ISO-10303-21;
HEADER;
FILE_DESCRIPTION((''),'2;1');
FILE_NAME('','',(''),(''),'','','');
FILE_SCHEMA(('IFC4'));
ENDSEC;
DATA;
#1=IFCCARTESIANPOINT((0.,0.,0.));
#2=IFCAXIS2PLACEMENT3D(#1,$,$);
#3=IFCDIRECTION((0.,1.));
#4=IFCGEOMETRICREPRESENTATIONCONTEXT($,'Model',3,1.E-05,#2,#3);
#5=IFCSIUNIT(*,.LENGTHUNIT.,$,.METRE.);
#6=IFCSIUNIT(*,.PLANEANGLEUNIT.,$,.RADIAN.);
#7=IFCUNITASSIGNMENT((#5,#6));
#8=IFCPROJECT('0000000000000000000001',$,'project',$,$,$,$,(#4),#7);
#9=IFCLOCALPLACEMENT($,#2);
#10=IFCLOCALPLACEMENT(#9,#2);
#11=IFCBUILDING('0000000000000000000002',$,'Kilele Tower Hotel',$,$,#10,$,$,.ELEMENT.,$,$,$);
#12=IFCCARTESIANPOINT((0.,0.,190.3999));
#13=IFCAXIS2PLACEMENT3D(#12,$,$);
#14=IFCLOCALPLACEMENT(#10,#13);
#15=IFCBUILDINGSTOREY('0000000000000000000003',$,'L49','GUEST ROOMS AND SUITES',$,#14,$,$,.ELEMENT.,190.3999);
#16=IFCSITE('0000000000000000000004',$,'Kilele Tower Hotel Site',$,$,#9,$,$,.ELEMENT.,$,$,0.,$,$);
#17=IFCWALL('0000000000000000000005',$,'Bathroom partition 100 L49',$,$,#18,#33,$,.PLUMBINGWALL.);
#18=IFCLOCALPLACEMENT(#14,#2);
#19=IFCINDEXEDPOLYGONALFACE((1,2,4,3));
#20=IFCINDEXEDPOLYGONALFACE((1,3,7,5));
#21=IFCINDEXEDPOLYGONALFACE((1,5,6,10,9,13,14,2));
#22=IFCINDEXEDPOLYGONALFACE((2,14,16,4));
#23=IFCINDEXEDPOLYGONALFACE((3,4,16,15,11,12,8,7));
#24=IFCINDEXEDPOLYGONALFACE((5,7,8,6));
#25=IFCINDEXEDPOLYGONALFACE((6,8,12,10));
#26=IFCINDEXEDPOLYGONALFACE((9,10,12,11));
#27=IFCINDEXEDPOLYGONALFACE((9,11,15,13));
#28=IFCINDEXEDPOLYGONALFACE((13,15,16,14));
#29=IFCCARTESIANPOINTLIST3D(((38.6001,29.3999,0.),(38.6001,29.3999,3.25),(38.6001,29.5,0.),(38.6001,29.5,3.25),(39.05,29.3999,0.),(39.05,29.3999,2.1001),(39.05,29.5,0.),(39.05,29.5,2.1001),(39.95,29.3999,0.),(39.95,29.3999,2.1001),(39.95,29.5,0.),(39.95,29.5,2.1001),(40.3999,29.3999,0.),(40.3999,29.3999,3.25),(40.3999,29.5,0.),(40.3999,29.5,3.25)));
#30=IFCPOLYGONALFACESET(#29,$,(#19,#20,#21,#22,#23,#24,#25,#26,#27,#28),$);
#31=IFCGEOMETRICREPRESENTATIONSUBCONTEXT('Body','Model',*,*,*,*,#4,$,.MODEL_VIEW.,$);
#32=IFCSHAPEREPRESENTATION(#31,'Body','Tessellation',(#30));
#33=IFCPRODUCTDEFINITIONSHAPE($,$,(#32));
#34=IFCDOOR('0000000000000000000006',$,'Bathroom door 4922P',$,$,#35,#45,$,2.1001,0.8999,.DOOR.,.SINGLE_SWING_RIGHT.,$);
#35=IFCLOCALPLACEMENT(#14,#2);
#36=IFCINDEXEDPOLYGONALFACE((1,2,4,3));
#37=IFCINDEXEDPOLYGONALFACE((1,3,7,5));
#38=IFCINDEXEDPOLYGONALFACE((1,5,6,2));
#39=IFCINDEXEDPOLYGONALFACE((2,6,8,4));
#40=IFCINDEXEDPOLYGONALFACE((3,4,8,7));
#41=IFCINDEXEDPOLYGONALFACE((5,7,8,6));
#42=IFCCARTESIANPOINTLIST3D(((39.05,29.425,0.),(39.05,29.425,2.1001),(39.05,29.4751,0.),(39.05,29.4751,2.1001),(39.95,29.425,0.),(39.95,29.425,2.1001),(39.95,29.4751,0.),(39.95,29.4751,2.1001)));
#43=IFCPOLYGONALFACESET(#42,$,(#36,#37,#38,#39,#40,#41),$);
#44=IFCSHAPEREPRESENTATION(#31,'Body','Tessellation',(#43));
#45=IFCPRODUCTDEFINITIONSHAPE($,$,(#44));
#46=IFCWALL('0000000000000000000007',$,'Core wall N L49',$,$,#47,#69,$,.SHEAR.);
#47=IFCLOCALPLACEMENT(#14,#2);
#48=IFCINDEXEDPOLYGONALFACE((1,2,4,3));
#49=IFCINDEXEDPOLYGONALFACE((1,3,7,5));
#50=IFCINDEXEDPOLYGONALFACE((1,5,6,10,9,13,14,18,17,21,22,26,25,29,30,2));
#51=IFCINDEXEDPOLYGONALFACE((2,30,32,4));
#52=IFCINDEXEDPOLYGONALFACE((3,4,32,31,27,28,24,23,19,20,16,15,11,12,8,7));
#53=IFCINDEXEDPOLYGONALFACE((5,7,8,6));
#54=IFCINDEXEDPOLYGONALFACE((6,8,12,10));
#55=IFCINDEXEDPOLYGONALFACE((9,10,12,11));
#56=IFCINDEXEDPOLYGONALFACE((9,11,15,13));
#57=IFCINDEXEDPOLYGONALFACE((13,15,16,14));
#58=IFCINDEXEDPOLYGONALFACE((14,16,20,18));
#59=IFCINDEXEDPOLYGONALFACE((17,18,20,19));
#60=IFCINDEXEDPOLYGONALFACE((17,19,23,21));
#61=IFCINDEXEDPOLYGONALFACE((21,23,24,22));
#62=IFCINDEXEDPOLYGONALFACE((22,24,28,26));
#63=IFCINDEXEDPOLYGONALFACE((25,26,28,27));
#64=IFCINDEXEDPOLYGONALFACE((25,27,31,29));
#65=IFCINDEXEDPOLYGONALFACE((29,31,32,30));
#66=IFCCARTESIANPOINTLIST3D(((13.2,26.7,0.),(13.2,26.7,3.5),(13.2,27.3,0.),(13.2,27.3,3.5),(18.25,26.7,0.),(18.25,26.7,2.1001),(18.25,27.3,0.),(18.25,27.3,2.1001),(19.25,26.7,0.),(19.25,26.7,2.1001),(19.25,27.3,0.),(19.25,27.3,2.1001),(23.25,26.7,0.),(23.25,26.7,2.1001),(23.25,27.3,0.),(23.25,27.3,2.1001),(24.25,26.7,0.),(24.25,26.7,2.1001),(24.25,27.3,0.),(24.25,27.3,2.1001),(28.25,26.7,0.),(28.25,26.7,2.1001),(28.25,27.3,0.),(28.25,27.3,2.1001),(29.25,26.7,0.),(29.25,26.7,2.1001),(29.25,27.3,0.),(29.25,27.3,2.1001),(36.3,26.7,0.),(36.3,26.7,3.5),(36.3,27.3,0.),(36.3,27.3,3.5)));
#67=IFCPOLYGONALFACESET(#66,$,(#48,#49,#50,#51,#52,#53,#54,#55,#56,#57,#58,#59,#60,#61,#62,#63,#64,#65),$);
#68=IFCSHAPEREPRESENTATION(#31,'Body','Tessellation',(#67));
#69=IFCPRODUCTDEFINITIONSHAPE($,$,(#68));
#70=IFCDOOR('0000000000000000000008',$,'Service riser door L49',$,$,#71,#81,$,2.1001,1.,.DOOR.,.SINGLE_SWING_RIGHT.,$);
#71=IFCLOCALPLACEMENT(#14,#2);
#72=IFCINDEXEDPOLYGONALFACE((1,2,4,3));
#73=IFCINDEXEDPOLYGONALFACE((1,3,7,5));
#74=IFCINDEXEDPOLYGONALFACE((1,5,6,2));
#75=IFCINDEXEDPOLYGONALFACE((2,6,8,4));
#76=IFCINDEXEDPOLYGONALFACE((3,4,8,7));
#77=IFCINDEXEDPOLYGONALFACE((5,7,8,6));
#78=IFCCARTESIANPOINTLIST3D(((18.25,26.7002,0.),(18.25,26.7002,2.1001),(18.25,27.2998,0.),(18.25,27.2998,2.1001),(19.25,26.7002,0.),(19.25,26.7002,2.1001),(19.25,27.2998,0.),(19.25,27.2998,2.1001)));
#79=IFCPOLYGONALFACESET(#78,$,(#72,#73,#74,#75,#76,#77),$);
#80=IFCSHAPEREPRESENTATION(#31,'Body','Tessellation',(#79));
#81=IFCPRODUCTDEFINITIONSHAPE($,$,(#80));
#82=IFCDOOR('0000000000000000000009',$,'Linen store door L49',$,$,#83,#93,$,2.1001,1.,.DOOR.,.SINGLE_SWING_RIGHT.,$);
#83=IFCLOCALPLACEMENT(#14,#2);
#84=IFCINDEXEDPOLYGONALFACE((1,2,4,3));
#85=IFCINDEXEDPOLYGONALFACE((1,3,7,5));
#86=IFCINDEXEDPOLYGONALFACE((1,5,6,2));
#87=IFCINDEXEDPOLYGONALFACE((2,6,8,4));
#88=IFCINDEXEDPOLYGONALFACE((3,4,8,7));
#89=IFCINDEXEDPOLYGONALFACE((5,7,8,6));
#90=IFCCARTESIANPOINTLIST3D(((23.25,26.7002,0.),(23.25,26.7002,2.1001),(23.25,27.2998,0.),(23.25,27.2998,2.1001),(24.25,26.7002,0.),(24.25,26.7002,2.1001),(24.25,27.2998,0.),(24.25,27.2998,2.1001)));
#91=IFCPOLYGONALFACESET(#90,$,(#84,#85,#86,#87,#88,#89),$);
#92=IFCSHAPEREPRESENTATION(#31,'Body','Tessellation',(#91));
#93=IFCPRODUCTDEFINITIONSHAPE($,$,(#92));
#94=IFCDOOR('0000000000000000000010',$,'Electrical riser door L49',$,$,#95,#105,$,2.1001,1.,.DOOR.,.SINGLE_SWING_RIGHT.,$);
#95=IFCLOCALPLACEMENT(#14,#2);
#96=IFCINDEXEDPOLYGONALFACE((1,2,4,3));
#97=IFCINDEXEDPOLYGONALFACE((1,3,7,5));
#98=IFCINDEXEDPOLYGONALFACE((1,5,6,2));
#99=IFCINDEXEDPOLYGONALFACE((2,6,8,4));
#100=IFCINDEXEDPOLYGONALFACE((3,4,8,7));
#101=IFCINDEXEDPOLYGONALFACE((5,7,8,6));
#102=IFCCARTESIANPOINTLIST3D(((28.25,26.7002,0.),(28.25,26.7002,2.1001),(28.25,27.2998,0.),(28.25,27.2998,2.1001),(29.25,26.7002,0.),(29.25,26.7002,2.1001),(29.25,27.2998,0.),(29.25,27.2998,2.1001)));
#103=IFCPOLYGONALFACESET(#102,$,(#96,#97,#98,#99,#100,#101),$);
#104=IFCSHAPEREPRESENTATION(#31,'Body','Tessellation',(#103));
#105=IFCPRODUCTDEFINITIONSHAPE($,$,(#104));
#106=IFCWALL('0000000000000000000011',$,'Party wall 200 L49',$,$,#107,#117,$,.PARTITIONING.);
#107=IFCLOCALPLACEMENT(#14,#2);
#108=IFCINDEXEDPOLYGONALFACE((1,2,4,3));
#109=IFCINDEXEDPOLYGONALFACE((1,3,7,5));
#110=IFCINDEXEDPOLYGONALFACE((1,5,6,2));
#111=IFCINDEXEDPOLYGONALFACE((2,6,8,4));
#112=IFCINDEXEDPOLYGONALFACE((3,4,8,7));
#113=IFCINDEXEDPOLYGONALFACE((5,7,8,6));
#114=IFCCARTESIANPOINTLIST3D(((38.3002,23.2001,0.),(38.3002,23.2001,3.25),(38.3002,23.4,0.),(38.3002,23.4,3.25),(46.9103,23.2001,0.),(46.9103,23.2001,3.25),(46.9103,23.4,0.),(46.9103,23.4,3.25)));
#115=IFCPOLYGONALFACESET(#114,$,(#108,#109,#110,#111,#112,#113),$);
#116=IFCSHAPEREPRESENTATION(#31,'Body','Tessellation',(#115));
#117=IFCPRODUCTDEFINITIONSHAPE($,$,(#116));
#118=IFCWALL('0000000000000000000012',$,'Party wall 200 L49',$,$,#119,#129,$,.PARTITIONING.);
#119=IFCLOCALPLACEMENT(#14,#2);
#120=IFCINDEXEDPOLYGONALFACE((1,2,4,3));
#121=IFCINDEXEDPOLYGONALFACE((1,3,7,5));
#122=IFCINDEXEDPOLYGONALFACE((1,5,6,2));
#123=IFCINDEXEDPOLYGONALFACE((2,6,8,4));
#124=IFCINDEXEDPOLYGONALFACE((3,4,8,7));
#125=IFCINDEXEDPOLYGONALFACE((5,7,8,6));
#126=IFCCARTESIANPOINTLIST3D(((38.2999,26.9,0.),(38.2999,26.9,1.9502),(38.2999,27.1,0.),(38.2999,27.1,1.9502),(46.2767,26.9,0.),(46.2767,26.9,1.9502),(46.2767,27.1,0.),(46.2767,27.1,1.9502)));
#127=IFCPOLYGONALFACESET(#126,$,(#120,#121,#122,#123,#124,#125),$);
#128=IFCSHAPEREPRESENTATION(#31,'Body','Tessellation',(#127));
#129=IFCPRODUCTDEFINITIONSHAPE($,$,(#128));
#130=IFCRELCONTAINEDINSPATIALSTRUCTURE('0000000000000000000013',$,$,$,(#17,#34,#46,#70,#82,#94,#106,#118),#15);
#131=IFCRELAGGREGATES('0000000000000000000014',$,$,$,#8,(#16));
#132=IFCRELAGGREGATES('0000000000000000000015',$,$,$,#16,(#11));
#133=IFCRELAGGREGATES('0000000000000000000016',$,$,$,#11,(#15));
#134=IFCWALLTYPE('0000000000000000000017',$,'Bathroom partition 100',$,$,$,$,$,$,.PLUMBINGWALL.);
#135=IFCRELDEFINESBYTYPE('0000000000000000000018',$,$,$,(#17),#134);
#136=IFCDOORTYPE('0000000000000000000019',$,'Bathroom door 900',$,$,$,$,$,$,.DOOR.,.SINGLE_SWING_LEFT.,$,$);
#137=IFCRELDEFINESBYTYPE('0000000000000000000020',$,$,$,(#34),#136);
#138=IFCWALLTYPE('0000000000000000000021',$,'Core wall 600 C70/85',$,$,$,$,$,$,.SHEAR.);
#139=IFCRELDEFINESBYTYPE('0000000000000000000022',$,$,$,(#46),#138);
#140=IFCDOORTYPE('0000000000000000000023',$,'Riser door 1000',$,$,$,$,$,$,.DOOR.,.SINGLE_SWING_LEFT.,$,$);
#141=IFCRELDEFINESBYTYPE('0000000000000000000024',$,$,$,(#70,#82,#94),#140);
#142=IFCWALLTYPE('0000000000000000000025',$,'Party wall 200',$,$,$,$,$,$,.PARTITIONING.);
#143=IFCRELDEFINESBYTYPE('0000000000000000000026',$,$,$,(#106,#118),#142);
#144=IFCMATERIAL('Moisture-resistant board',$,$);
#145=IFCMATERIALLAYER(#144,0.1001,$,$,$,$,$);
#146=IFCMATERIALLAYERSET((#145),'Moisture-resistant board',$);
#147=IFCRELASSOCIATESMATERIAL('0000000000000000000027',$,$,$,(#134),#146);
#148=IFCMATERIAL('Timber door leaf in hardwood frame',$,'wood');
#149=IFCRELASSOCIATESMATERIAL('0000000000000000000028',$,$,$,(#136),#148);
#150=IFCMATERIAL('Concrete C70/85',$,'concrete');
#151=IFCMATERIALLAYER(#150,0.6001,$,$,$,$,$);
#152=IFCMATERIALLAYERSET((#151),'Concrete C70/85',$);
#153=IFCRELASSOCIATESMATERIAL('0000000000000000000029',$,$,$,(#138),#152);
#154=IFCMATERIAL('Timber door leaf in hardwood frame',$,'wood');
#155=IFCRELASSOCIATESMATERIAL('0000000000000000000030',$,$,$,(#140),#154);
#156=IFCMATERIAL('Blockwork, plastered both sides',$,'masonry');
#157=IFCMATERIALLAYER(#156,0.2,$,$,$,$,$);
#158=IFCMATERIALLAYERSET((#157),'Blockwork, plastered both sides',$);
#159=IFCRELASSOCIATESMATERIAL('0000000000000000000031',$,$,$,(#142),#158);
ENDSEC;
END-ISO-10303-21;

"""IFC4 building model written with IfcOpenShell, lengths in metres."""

from ifc_helpers import new_model, si_unit, direction, frame, frame_2d, origin, place, context, subcontext, project, spatial, rectangle, extrude, material, layer, layer_set, type_object, element, fill, save


model = new_model("IFC4")

# Units and contexts
model_context = context("Model", 3, precision=1e-05, world=origin(), true_north=direction((0.0, 1.0)))
body_context = subcontext(model_context, "Body", "Model", "MODEL_VIEW")
ifc_project = project(units=[si_unit("LENGTHUNIT", "METRE"), si_unit("PLANEANGLEUNIT", "RADIAN")], contexts=[model_context])

# Site, building, storey
site_placement = place(None, origin())
site = spatial("IfcSite", under=ifc_project, at=site_placement, Name="Kilele Tower Hotel Site", CompositionType="ELEMENT", RefElevation=0.0)
building_placement = place(site_placement, origin())
building = spatial("IfcBuilding", under=site, at=building_placement, Name="Kilele Tower Hotel", CompositionType="ELEMENT")
storey_placement = place(building_placement, frame((0.0, 0.0, 190.3999)))
storey = spatial("IfcBuildingStorey", under=building, at=storey_placement, Name="L49", Description="GUEST ROOMS AND SUITES", CompositionType="ELEMENT", Elevation=190.3999)

# Shared definitions
ifc_material_1 = material(Name="Moisture-resistant board")
ifc_layer_1 = layer(ifc_material_1, 0.1001)
ifc_layer_set_1 = layer_set([ifc_layer_1], Name="Moisture-resistant board")
wall_type_1 = type_object("IfcWallType", Name="Bathroom partition 100", PredefinedType="PLUMBINGWALL", material=ifc_layer_set_1)

# Shared definitions
ifc_material_2 = material(Name="Timber door leaf in hardwood frame", Category="wood")
door_type_1 = type_object("IfcDoorType", Name="Bathroom door 900", OperationType="SINGLE_SWING_LEFT", PredefinedType="DOOR", material=ifc_material_2)

# Wall, opening, door
wall_1_placement = place(storey_placement, frame((38.6001, 29.45, 0.0), z_axis=(0.0, 0.0, 1.0), x_axis=(1.0, 0.0, 0.0)))
wall_1 = element("IfcWall", 1, at=wall_1_placement, inside=storey, type_object=wall_type_1, Name="Bathroom partition 100 L49", PredefinedType="PLUMBINGWALL", context=body_context, shape_type="SweptSolid", body=[
    extrude(rectangle(XDim=1.7998, YDim=0.1001, at=frame_2d((0.8999, 0.0))), origin(), (0.0, 0.0, 1.0), 3.25),
])
opening_1_placement = place(wall_1_placement, frame((1.3499, 0.0, 0.0), z_axis=(0.0, 0.0, 1.0), x_axis=(-1.0, 0.0, 0.0)))
opening_1 = element("IfcOpeningElement", 2, at=opening_1_placement, cuts=wall_1, PredefinedType="OPENING", context=body_context, shape_type="SweptSolid", body=[
    extrude(rectangle(XDim=0.8999, YDim=2.1001, at=frame_2d((0.45, 1.05))), frame((0.0, 0.0601, 0.0), z_axis=(0.0, -1.0, 0.0), x_axis=(1.0, 0.0, 0.0)), (0.0, 0.0, 1.0), 0.1201),
])
door_1_placement = place(opening_1_placement, origin())
door_1 = element("IfcDoor", 3, at=door_1_placement, inside=storey, type_object=door_type_1, Name="Bathroom door 4922P", OperationType="SINGLE_SWING_RIGHT", OverallHeight=2.1001, OverallWidth=0.8999, PredefinedType="DOOR", context=body_context, shape_type="SweptSolid", body=[
    extrude(rectangle(XDim=0.8999, YDim=2.1001, at=frame_2d((0.45, 1.05))), frame((0.0, 0.0249, 0.0), z_axis=(0.0, -1.0, 0.0), x_axis=(1.0, 0.0, 0.0)), (0.0, 0.0, 1.0), 0.05),
])
fill(opening_1, door_1)

# Wall, openings, doors
ifc_material_3 = material(Name="Concrete C70/85", Category="concrete")
ifc_layer_2 = layer(ifc_material_3, 0.6001)
ifc_layer_set_2 = layer_set([ifc_layer_2], Name="Concrete C70/85")
wall_type_2 = type_object("IfcWallType", Name="Core wall 600 C70/85", PredefinedType="SHEAR", material=ifc_layer_set_2)
wall_2_placement = place(storey_placement, frame((36.3, 27.0, 0.0), z_axis=(0.0, 0.0, 1.0), x_axis=(-1.0, 0.0, 0.0)))
wall_2 = element("IfcWall", 4, at=wall_2_placement, inside=storey, type_object=wall_type_2, Name="Core wall N L49", PredefinedType="SHEAR", context=body_context, shape_type="SweptSolid", body=[
    extrude(rectangle(XDim=23.1001, YDim=0.6001, at=frame_2d((11.55, 0.0))), origin(), (0.0, 0.0, 1.0), 3.5),
])
opening_2_placement = place(wall_2_placement, frame((17.05, 0.0, 0.0)))
opening_2 = element("IfcOpeningElement", 5, at=opening_2_placement, cuts=wall_2, PredefinedType="OPENING", context=body_context, shape_type="SweptSolid", body=[
    extrude(rectangle(XDim=1.0, YDim=2.1001, at=frame_2d((0.5, 1.05))), frame((0.0, 0.3101, 0.0), z_axis=(0.0, -1.0, 0.0), x_axis=(1.0, 0.0, 0.0)), (0.0, 0.0, 1.0), 0.6201),
])
opening_3_placement = place(wall_2_placement, frame((12.05, 0.0, 0.0)))
opening_3 = element("IfcOpeningElement", 6, at=opening_3_placement, cuts=wall_2, PredefinedType="OPENING", context=body_context, shape_type="SweptSolid", body=[
    extrude(rectangle(XDim=1.0, YDim=2.1001, at=frame_2d((0.5, 1.05))), frame((0.0, 0.3101, 0.0), z_axis=(0.0, -1.0, 0.0), x_axis=(1.0, 0.0, 0.0)), (0.0, 0.0, 1.0), 0.6201),
])
opening_4_placement = place(wall_2_placement, frame((7.05, 0.0, 0.0)))
opening_4 = element("IfcOpeningElement", 7, at=opening_4_placement, cuts=wall_2, PredefinedType="OPENING", context=body_context, shape_type="SweptSolid", body=[
    extrude(rectangle(XDim=1.0, YDim=2.1001, at=frame_2d((0.5, 1.05))), frame((0.0, 0.3101, 0.0), z_axis=(0.0, -1.0, 0.0), x_axis=(1.0, 0.0, 0.0)), (0.0, 0.0, 1.0), 0.6201),
])
ifc_material_4 = material(Name="Timber door leaf in hardwood frame", Category="wood")
door_type_2 = type_object("IfcDoorType", Name="Riser door 1000", OperationType="SINGLE_SWING_LEFT", PredefinedType="DOOR", material=ifc_material_4)
door_2_placement = place(opening_2_placement, origin())
door_2 = element("IfcDoor", 8, at=door_2_placement, inside=storey, type_object=door_type_2, Name="Service riser door L49", OperationType="SINGLE_SWING_RIGHT", OverallHeight=2.1001, OverallWidth=1.0, PredefinedType="DOOR", context=body_context, shape_type="SweptSolid", body=[
    extrude(rectangle(XDim=1.0, YDim=2.1001, at=frame_2d((0.5, 1.05))), frame((0.0, 0.2998, 0.0), z_axis=(0.0, -1.0, 0.0), x_axis=(1.0, 0.0, 0.0)), (0.0, 0.0, 1.0), 0.5996),
])
fill(opening_2, door_2)
door_3_placement = place(opening_3_placement, origin())
door_3 = element("IfcDoor", 9, at=door_3_placement, inside=storey, type_object=door_type_2, Name="Linen store door L49", OperationType="SINGLE_SWING_RIGHT", OverallHeight=2.1001, OverallWidth=1.0, PredefinedType="DOOR", context=body_context, shape_type="SweptSolid", body=[
    extrude(rectangle(XDim=1.0, YDim=2.1001, at=frame_2d((0.5, 1.05))), frame((0.0, 0.2998, 0.0), z_axis=(0.0, -1.0, 0.0), x_axis=(1.0, 0.0, 0.0)), (0.0, 0.0, 1.0), 0.5996),
])
fill(opening_3, door_3)
door_4_placement = place(opening_4_placement, origin())
door_4 = element("IfcDoor", 10, at=door_4_placement, inside=storey, type_object=door_type_2, Name="Electrical riser door L49", OperationType="SINGLE_SWING_RIGHT", OverallHeight=2.1001, OverallWidth=1.0, PredefinedType="DOOR", context=body_context, shape_type="SweptSolid", body=[
    extrude(rectangle(XDim=1.0, YDim=2.1001, at=frame_2d((0.5, 1.05))), frame((0.0, 0.2998, 0.0), z_axis=(0.0, -1.0, 0.0), x_axis=(1.0, 0.0, 0.0)), (0.0, 0.0, 1.0), 0.5996),
])
fill(opening_4, door_4)

# Walls
ifc_material_5 = material(Name="Blockwork, plastered both sides", Category="masonry")
ifc_layer_3 = layer(ifc_material_5, 0.2)
ifc_layer_set_3 = layer_set([ifc_layer_3], Name="Blockwork, plastered both sides")
wall_type_3 = type_object("IfcWallType", Name="Party wall 200", PredefinedType="PARTITIONING", material=ifc_layer_set_3)
wall_3_placement = place(storey_placement, frame((38.3, 23.3, 0.0), z_axis=(0.0, 0.0, 1.0), x_axis=(1.0, 0.0, 0.0)))
element("IfcWall", 11, at=wall_3_placement, inside=storey, type_object=wall_type_3, Name="Party wall 200 L49", PredefinedType="PARTITIONING", context=body_context, shape_type="SweptSolid", body=[
    extrude(rectangle(XDim=8.6101, YDim=0.2, at=frame_2d((4.3052, 0.0))), origin(), (0.0, 0.0, 1.0), 3.25),
])
wall_4_placement = place(storey_placement, frame((38.3, 27.0, 0.0), z_axis=(0.0, 0.0, 1.0), x_axis=(1.0, 0.0, 0.0)))
element("IfcWall", 12, at=wall_4_placement, inside=storey, type_object=wall_type_3, Name="Party wall 200 L49", PredefinedType="PARTITIONING", context=body_context, shape_type="SweptSolid", body=[
    extrude(rectangle(XDim=7.9768, YDim=0.2, at=frame_2d((3.9883, 0.0))), origin(), (0.0, 0.0, 1.0), 1.9502),
])

save(model, "model.ifc")
